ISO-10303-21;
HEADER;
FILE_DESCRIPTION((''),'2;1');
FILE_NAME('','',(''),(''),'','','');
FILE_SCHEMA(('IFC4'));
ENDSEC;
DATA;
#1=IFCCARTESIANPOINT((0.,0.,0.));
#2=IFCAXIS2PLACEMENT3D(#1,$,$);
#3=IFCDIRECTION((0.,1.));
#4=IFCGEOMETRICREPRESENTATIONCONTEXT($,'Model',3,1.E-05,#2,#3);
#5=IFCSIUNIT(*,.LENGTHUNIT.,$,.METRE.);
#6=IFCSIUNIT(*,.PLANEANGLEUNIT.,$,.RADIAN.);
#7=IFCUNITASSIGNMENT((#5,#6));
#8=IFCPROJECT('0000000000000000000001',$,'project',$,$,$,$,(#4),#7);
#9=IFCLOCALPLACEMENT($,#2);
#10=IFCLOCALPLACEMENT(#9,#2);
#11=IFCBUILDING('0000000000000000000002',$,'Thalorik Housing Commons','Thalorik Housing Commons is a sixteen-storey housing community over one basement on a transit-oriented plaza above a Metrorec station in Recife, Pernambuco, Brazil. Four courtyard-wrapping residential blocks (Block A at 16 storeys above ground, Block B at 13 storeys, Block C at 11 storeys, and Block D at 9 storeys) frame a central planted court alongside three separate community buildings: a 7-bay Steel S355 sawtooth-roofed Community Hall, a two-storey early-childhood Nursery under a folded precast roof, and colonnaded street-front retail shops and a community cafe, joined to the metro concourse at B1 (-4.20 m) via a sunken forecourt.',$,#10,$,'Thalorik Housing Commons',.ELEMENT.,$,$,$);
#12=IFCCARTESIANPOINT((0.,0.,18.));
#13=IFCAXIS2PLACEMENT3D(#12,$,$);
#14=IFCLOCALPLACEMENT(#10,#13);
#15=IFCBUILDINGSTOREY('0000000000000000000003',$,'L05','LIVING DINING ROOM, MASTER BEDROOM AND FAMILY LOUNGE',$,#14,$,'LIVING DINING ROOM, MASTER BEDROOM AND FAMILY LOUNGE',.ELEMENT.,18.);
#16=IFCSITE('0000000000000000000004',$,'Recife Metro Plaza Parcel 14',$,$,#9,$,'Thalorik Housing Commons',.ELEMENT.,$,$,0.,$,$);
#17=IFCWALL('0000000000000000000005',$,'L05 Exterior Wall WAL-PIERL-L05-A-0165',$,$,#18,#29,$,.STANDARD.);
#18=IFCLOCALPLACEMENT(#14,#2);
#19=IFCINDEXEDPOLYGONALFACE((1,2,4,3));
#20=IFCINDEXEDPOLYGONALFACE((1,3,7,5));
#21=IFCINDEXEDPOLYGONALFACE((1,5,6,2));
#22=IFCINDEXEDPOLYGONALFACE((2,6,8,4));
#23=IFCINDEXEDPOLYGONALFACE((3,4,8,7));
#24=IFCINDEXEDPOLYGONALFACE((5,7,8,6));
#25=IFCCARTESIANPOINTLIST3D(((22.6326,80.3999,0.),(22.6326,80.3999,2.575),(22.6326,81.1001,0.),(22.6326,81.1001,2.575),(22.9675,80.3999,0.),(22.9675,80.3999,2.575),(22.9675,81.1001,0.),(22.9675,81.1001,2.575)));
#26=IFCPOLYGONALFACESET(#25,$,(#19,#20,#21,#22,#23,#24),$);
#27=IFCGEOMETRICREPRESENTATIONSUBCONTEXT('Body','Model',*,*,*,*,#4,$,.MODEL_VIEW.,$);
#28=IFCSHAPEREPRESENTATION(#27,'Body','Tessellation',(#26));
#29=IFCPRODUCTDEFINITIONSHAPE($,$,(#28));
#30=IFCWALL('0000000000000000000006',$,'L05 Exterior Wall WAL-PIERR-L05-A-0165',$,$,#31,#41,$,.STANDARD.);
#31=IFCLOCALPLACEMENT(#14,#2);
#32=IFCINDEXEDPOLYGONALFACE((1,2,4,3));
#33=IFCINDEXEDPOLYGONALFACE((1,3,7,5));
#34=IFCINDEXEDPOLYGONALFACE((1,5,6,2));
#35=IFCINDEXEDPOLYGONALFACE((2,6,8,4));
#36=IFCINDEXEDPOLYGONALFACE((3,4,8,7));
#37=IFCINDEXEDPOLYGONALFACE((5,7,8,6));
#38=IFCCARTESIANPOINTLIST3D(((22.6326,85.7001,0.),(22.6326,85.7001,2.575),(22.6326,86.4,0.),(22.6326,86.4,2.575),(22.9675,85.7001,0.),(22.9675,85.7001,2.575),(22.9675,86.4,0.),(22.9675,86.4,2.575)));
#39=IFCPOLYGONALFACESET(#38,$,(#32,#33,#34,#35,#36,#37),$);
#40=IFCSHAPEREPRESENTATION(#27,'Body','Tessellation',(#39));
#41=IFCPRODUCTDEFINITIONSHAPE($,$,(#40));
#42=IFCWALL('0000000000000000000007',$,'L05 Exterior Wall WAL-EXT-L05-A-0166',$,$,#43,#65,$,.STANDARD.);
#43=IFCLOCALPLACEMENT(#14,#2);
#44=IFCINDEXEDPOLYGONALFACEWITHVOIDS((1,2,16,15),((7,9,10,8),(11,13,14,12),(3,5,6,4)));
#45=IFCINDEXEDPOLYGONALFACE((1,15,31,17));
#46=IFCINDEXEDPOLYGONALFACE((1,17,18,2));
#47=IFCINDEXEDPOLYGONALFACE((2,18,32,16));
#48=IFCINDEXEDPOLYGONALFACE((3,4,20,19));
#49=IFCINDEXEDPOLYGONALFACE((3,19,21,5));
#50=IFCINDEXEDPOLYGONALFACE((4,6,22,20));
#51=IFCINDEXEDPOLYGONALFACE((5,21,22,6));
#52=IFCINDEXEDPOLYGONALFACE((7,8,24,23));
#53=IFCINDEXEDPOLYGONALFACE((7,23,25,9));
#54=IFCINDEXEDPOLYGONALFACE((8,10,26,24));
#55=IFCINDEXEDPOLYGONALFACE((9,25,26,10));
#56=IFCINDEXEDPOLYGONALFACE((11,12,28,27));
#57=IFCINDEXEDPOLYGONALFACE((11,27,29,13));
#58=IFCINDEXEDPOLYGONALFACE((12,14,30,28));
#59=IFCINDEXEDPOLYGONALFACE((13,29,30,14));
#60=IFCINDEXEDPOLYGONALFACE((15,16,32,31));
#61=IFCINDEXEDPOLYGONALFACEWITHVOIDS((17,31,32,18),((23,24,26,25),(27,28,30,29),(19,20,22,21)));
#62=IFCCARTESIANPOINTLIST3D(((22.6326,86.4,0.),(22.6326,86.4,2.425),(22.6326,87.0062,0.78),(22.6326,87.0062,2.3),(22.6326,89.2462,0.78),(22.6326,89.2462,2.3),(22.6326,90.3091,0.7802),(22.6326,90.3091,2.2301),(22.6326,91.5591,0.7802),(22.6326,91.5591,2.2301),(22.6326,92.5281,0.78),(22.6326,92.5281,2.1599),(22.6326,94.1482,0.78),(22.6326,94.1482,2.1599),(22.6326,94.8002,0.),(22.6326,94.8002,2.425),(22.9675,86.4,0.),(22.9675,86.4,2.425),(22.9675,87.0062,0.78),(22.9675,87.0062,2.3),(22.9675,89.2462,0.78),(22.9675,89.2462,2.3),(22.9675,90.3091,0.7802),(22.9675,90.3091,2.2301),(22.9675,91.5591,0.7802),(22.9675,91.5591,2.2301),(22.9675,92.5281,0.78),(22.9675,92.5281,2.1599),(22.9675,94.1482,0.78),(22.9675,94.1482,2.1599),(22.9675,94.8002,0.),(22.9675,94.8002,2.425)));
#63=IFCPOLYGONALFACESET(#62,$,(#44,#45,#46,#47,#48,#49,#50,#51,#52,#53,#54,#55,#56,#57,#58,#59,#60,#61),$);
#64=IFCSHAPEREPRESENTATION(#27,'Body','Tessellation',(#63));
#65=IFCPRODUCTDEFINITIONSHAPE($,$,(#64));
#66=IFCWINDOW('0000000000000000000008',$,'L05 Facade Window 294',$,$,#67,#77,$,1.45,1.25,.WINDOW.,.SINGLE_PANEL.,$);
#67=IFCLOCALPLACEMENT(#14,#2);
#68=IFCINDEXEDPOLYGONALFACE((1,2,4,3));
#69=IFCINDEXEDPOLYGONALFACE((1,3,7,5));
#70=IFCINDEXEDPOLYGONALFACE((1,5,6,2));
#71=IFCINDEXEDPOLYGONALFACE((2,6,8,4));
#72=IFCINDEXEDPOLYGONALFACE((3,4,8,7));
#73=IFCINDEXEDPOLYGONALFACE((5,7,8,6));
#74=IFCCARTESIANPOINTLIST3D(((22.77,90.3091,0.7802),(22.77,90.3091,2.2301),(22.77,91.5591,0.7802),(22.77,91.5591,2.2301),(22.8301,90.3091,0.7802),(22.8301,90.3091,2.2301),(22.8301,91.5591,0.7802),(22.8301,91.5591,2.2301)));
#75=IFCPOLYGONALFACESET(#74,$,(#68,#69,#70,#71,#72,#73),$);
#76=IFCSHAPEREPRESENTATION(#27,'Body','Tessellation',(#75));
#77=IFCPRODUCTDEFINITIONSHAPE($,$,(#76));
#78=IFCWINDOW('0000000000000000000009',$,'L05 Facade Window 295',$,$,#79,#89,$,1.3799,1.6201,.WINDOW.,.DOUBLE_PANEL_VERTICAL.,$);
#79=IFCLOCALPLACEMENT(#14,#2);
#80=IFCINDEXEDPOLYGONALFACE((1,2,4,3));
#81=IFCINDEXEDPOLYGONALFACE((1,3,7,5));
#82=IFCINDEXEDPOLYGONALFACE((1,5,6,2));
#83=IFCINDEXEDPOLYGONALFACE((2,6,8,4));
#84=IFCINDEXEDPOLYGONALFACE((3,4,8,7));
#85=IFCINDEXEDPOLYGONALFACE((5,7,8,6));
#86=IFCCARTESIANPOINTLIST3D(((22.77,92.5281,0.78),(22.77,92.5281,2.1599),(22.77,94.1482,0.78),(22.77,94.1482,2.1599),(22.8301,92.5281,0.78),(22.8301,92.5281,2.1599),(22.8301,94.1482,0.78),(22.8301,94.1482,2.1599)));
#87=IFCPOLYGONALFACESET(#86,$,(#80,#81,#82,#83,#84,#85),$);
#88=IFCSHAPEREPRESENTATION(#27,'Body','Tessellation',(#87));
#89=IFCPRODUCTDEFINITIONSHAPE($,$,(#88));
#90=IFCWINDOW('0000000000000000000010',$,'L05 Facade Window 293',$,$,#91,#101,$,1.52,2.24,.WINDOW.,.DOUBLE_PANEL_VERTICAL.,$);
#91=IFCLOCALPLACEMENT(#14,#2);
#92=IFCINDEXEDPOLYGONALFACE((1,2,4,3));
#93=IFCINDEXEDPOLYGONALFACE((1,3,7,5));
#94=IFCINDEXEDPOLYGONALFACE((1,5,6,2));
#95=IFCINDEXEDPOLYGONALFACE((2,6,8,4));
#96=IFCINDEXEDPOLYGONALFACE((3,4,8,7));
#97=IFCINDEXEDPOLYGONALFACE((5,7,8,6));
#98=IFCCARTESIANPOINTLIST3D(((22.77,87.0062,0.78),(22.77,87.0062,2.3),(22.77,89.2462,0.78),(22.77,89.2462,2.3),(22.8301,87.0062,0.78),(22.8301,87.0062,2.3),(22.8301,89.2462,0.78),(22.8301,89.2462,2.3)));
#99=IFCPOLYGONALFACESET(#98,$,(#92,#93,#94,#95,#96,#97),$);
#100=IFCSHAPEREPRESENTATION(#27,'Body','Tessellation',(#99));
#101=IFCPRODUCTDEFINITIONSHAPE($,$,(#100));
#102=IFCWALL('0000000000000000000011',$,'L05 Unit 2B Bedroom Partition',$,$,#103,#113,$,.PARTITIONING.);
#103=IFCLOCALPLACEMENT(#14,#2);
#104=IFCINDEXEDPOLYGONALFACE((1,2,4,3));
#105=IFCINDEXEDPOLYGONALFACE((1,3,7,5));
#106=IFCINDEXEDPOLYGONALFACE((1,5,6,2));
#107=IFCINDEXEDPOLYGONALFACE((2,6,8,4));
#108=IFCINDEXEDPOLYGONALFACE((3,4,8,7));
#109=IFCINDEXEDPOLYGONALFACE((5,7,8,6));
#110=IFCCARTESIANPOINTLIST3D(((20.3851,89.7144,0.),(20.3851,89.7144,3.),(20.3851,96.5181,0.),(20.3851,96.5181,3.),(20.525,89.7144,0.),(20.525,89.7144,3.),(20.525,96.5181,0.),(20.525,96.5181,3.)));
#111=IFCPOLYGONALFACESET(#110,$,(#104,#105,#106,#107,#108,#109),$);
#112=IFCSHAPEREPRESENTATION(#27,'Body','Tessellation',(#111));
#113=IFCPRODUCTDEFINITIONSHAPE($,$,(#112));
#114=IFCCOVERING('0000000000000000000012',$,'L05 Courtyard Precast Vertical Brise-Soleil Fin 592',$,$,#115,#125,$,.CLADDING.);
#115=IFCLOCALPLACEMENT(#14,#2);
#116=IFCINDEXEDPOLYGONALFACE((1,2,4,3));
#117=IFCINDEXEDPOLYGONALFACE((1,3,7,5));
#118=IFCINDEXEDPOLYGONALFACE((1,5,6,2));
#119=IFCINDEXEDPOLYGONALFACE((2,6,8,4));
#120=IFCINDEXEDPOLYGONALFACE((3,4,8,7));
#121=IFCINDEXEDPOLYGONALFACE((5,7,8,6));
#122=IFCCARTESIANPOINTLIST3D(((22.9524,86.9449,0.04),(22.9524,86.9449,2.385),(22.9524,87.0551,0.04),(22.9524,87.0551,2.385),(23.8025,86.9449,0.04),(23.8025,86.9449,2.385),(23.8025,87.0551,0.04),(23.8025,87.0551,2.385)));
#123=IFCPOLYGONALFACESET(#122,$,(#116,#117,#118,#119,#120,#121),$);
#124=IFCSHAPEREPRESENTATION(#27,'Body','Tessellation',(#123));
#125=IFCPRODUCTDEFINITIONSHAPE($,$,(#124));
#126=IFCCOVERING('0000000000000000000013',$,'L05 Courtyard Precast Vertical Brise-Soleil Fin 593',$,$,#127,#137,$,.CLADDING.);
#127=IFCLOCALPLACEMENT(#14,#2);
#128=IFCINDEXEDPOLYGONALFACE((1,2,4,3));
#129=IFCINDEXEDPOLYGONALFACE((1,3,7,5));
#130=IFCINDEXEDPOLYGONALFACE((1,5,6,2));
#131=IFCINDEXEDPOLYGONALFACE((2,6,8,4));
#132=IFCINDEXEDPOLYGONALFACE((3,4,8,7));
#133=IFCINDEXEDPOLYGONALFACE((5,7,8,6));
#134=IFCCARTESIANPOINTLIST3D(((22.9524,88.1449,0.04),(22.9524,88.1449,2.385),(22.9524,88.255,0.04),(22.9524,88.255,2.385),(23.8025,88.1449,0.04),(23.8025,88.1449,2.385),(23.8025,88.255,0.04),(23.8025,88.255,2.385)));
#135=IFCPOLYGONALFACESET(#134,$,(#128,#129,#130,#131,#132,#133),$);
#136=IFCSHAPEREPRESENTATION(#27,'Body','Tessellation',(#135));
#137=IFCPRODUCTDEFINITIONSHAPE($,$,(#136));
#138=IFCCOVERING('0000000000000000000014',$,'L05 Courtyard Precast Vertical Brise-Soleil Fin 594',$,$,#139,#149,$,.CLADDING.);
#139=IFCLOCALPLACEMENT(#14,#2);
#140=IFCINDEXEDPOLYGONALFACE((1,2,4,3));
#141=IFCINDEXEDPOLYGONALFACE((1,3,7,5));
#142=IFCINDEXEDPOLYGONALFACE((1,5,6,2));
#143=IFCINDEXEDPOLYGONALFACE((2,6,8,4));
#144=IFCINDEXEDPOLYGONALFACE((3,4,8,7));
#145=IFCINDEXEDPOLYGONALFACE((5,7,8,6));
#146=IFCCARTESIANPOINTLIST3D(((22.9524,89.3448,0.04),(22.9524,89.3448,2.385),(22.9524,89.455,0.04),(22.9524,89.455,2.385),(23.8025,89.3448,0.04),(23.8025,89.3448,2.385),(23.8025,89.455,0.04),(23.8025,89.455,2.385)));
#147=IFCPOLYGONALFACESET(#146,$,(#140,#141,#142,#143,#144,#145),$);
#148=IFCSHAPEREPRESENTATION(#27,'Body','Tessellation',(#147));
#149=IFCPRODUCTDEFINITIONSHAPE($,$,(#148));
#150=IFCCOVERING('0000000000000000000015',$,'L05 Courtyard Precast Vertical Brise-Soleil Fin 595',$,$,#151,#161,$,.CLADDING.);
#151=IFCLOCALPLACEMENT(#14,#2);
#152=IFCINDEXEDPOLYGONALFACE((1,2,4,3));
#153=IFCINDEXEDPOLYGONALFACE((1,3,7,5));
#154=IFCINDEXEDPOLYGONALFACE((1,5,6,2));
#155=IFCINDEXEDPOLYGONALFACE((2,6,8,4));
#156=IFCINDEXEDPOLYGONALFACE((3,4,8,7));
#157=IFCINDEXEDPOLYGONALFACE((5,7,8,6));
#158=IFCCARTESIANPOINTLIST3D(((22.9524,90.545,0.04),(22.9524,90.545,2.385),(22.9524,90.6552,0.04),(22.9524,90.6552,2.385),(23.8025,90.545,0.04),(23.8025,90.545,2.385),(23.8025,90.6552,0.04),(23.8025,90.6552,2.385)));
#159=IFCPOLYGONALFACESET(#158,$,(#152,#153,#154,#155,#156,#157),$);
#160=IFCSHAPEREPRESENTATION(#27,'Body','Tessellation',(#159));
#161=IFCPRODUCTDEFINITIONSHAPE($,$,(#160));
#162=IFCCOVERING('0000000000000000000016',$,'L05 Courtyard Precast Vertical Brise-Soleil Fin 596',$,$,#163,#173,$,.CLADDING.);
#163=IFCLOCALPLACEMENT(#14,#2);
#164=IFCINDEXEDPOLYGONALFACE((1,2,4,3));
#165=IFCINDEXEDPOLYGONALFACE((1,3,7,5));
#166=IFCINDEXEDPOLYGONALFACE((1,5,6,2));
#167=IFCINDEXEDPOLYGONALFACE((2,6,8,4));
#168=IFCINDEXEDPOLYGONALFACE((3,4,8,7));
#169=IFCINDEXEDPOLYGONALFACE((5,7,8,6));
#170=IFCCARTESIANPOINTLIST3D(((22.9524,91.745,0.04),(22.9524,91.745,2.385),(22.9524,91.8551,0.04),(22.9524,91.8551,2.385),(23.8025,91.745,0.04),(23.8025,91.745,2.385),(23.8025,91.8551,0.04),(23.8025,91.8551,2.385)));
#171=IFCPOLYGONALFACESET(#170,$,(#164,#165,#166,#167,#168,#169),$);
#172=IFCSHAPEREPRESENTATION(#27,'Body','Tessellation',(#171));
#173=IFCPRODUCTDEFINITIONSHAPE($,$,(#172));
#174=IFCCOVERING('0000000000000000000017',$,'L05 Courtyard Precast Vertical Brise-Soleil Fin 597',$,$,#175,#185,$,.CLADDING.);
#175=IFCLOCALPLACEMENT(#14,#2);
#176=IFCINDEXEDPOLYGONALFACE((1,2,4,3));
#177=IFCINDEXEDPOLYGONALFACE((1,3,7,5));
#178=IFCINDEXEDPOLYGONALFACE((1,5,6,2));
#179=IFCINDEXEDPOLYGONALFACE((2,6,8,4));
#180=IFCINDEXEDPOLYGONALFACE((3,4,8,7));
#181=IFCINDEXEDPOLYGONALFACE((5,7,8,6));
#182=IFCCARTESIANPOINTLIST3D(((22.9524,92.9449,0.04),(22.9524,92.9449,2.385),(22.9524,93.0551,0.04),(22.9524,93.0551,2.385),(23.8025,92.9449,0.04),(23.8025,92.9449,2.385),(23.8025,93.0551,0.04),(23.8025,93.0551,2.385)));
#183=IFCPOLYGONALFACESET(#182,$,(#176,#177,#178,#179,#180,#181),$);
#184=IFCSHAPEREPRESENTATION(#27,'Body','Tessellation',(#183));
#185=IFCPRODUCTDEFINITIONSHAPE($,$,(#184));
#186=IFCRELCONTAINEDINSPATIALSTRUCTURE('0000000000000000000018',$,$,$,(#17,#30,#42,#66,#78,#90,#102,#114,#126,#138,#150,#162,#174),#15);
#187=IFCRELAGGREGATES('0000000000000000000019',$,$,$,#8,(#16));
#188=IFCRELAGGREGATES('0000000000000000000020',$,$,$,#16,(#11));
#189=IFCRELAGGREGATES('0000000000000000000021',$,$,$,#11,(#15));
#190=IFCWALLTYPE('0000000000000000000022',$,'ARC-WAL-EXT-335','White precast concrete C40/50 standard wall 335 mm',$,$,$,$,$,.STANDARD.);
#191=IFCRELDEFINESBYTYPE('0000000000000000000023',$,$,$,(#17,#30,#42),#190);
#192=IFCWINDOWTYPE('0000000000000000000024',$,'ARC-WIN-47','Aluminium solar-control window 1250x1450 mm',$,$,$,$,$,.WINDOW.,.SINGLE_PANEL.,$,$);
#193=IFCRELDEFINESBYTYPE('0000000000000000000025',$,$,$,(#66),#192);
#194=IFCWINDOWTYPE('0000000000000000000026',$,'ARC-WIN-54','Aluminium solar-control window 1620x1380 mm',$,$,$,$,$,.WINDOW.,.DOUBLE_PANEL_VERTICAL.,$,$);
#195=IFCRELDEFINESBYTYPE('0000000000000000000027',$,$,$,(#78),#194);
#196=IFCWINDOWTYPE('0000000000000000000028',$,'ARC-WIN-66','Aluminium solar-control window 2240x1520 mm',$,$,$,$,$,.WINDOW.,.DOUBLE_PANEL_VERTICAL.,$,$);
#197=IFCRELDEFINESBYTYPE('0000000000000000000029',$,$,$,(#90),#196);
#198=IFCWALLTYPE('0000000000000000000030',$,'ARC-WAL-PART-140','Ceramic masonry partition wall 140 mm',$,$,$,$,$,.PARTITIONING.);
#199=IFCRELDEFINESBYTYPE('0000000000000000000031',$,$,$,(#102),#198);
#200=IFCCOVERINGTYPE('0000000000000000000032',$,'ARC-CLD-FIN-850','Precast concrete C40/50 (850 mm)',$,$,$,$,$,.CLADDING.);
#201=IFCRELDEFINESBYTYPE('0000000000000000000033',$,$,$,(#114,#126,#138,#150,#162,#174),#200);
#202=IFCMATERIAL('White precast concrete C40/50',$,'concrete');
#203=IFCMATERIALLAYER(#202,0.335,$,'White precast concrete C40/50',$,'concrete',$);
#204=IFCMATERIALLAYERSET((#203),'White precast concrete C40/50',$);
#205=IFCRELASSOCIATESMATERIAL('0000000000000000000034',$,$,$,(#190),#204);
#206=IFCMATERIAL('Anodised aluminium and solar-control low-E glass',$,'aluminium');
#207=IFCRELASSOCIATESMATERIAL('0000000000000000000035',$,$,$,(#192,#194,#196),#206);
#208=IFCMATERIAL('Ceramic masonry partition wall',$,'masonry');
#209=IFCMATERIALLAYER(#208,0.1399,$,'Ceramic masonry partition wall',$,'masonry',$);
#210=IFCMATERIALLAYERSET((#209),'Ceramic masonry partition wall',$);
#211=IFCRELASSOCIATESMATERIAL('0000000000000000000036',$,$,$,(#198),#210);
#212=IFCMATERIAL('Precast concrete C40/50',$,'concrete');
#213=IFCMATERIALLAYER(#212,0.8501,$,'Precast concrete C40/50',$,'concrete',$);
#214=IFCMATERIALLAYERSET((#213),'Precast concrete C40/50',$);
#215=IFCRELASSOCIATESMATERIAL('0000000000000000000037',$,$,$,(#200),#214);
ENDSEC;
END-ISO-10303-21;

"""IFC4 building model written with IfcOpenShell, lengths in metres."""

from ifc_helpers import new_model, si_unit, direction, frame, frame_2d, origin, origin_2d, place, context, subcontext, project, spatial, rectangle, extrude, material, layer, layer_set, type_object, element, fill, save


model = new_model("IFC4")

# Units and contexts
model_context = context("Model", 3, precision=1e-05, world=origin(), true_north=direction((0.0, 1.0)))
body_context = subcontext(model_context, "Body", "Model", "MODEL_VIEW")
ifc_project = project(units=[si_unit("LENGTHUNIT", "METRE"), si_unit("PLANEANGLEUNIT", "RADIAN")], contexts=[model_context])

# Site, building, storey
site_placement = place(None, origin())
site = spatial("IfcSite", under=ifc_project, at=site_placement, Name="Recife Metro Plaza Parcel 14", LongName="Thalorik Housing Commons", CompositionType="ELEMENT", RefElevation=0.0)
building_placement = place(site_placement, origin())
building = spatial("IfcBuilding", under=site, at=building_placement, Name="Thalorik Housing Commons", Description="Thalorik Housing Commons is a sixteen-storey housing community over one basement on a transit-oriented plaza above a Metrorec station in Recife, Pernambuco, Brazil. Four courtyard-wrapping residential blocks (Block A at 16 storeys above ground, Block B at 13 storeys, Block C at 11 storeys, and Block D at 9 storeys) frame a central planted court alongside three separate community buildings: a 7-bay Steel S355 sawtooth-roofed Community Hall, a two-storey early-childhood Nursery under a folded precast roof, and colonnaded street-front retail shops and a community cafe, joined to the metro concourse at B1 (-4.20 m) via a sunken forecourt.", LongName="Thalorik Housing Commons", CompositionType="ELEMENT")
storey_placement = place(building_placement, frame((0.0, 0.0, 18.0)))
storey = spatial("IfcBuildingStorey", under=building, at=storey_placement, Name="L05", Description="LIVING DINING ROOM, MASTER BEDROOM AND FAMILY LOUNGE", LongName="LIVING DINING ROOM, MASTER BEDROOM AND FAMILY LOUNGE", CompositionType="ELEMENT", Elevation=18.0)

# Shared definitions
ifc_material_1 = material(Name="Precast concrete C40/50", Category="concrete")

# Shared definitions
ifc_material_2 = material(Name="Anodised aluminium and solar-control low-E glass", Category="aluminium")

# Walls
ifc_material_3 = material(Name="White precast concrete C40/50", Category="concrete")
ifc_layer_1 = layer(ifc_material_3, 0.335, Name="White precast concrete C40/50", Category="concrete")
ifc_layer_set_1 = layer_set([ifc_layer_1], Name="White precast concrete C40/50")
wall_type_1 = type_object("IfcWallType", Name="ARC-WAL-EXT-335", Description="White precast concrete C40/50 standard wall 335 mm", PredefinedType="STANDARD", material=ifc_layer_set_1)
wall_1_placement = place(storey_placement, frame((22.8, 80.3999, 0.0), z_axis=(0.0, 0.0, 1.0), x_axis=(0.0, 1.0, 0.0)))
element("IfcWall", 1, at=wall_1_placement, inside=storey, type_object=wall_type_1, Name="L05 Exterior Wall WAL-PIERL-L05-A-0165", PredefinedType="STANDARD", context=body_context, shape_type="SweptSolid", body=[
    extrude(rectangle(XDim=0.7002, YDim=0.335, at=frame_2d((0.3501, 0.0))), origin(), (0.0, 0.0, 1.0), 2.575),
])
wall_2_placement = place(storey_placement, frame((22.8, 85.7, 0.0), z_axis=(0.0, 0.0, 1.0), x_axis=(0.0, 1.0, 0.0)))
element("IfcWall", 2, at=wall_2_placement, inside=storey, type_object=wall_type_1, Name="L05 Exterior Wall WAL-PIERR-L05-A-0165", PredefinedType="STANDARD", context=body_context, shape_type="SweptSolid", body=[
    extrude(rectangle(XDim=0.7, YDim=0.335, at=frame_2d((0.3501, 0.0))), origin(), (0.0, 0.0, 1.0), 2.575),
])

# Wall, openings, windows
wall_3_placement = place(storey_placement, frame((22.8, 86.3999, 0.0), z_axis=(0.0, 0.0, 1.0), x_axis=(0.0, 1.0, 0.0)))
wall_3 = element("IfcWall", 3, at=wall_3_placement, inside=storey, type_object=wall_type_1, Name="L05 Exterior Wall WAL-EXT-L05-A-0166", PredefinedType="STANDARD", context=body_context, shape_type="SweptSolid", body=[
    extrude(rectangle(XDim=8.4001, YDim=0.335, at=frame_2d((4.2002, 0.0))), origin(), (0.0, 0.0, 1.0), 2.425),
])
opening_1_placement = place(wall_3_placement, frame((0.6062, 0.0, 0.78)))
opening_1 = element("IfcOpeningElement", 4, at=opening_1_placement, cuts=wall_3, PredefinedType="OPENING", context=body_context, shape_type="SweptSolid", body=[
    extrude(rectangle(XDim=2.24, YDim=1.52, at=frame_2d((1.1201, 0.76))), frame((0.0, 0.1775, 0.0), z_axis=(0.0, -1.0, 0.0), x_axis=(1.0, 0.0, 0.0)), (0.0, 0.0, 1.0), 0.355),
])
opening_2_placement = place(wall_3_placement, frame((3.9092, 0.0, 0.78)))
opening_2 = element("IfcOpeningElement", 5, at=opening_2_placement, cuts=wall_3, PredefinedType="OPENING", context=body_context, shape_type="SweptSolid", body=[
    extrude(rectangle(XDim=1.25, YDim=1.45, at=frame_2d((0.625, 0.7251))), frame((0.0, 0.1775, 0.0), z_axis=(0.0, -1.0, 0.0), x_axis=(1.0, 0.0, 0.0)), (0.0, 0.0, 1.0), 0.355),
])
opening_3_placement = place(wall_3_placement, frame((6.1282, 0.0, 0.78)))
opening_3 = element("IfcOpeningElement", 6, at=opening_3_placement, cuts=wall_3, PredefinedType="OPENING", context=body_context, shape_type="SweptSolid", body=[
    extrude(rectangle(XDim=1.6201, YDim=1.3799, at=frame_2d((0.8101, 0.6899))), frame((0.0, 0.1775, 0.0), z_axis=(0.0, -1.0, 0.0), x_axis=(1.0, 0.0, 0.0)), (0.0, 0.0, 1.0), 0.355),
])
window_type_1 = type_object("IfcWindowType", Name="ARC-WIN-47", Description="Aluminium solar-control window 1250x1450 mm", PartitioningType="SINGLE_PANEL", PredefinedType="WINDOW", material=ifc_material_2)
window_1_placement = place(opening_2_placement, origin())
window_1 = element("IfcWindow", 7, at=window_1_placement, inside=storey, type_object=window_type_1, Name="L05 Facade Window 294", OverallHeight=1.45, OverallWidth=1.25, PartitioningType="SINGLE_PANEL", PredefinedType="WINDOW", context=body_context, shape_type="SweptSolid", body=[
    extrude(rectangle(XDim=1.25, YDim=1.45, at=frame_2d((0.625, 0.7251))), frame((0.0, 0.03, 0.0), z_axis=(0.0, -1.0, 0.0), x_axis=(1.0, 0.0, 0.0)), (0.0, 0.0, 1.0), 0.0601),
])
fill(opening_2, window_1)
window_type_2 = type_object("IfcWindowType", Name="ARC-WIN-54", Description="Aluminium solar-control window 1620x1380 mm", PartitioningType="DOUBLE_PANEL_VERTICAL", PredefinedType="WINDOW", material=ifc_material_2)
window_2_placement = place(opening_3_placement, origin())
window_2 = element("IfcWindow", 8, at=window_2_placement, inside=storey, type_object=window_type_2, Name="L05 Facade Window 295", OverallHeight=1.3799, OverallWidth=1.6201, PartitioningType="DOUBLE_PANEL_VERTICAL", PredefinedType="WINDOW", context=body_context, shape_type="SweptSolid", body=[
    extrude(rectangle(XDim=1.6201, YDim=1.3799, at=frame_2d((0.8101, 0.6899))), frame((0.0, 0.03, 0.0), z_axis=(0.0, -1.0, 0.0), x_axis=(1.0, 0.0, 0.0)), (0.0, 0.0, 1.0), 0.0601),
])
fill(opening_3, window_2)
window_type_3 = type_object("IfcWindowType", Name="ARC-WIN-66", Description="Aluminium solar-control window 2240x1520 mm", PartitioningType="DOUBLE_PANEL_VERTICAL", PredefinedType="WINDOW", material=ifc_material_2)
window_3_placement = place(opening_1_placement, origin())
window_3 = element("IfcWindow", 9, at=window_3_placement, inside=storey, type_object=window_type_3, Name="L05 Facade Window 293", OverallHeight=1.52, OverallWidth=2.24, PartitioningType="DOUBLE_PANEL_VERTICAL", PredefinedType="WINDOW", context=body_context, shape_type="SweptSolid", body=[
    extrude(rectangle(XDim=2.24, YDim=1.52, at=frame_2d((1.1201, 0.76))), frame((0.0, 0.03, 0.0), z_axis=(0.0, -1.0, 0.0), x_axis=(1.0, 0.0, 0.0)), (0.0, 0.0, 1.0), 0.0601),
])
fill(opening_1, window_3)

# Wall
ifc_material_4 = material(Name="Ceramic masonry partition wall", Category="masonry")
ifc_layer_2 = layer(ifc_material_4, 0.1399, Name="Ceramic masonry partition wall", Category="masonry")
ifc_layer_set_2 = layer_set([ifc_layer_2], Name="Ceramic masonry partition wall")
wall_type_2 = type_object("IfcWallType", Name="ARC-WAL-PART-140", Description="Ceramic masonry partition wall 140 mm", PredefinedType="PARTITIONING", material=ifc_layer_set_2)
wall_4_placement = place(storey_placement, frame((20.4551, 89.7144, 0.0), z_axis=(0.0, 0.0, 1.0), x_axis=(0.0, 1.0, 0.0)))
element("IfcWall", 10, at=wall_4_placement, inside=storey, type_object=wall_type_2, Name="L05 Unit 2B Bedroom Partition", PredefinedType="PARTITIONING", context=body_context, shape_type="SweptSolid", body=[
    extrude(rectangle(XDim=6.8037, YDim=0.1399, at=frame_2d((3.4019, 0.0))), origin(), (0.0, 0.0, 1.0), 3.0),
])

# Coverings
ifc_layer_3 = layer(ifc_material_1, 0.8501, Name="Precast concrete C40/50", Category="concrete")
ifc_layer_set_3 = layer_set([ifc_layer_3], Name="Precast concrete C40/50")
covering_type_1 = type_object("IfcCoveringType", Name="ARC-CLD-FIN-850", Description="Precast concrete C40/50 (850 mm)", PredefinedType="CLADDING", material=ifc_layer_set_3)
for number, where, z_axis, x_axis, name in (
    (11, (23.3774, 87.0, 0.04), (0.0, 0.0, 1.0), (0.0, 1.0, 0.0), "L05 Courtyard Precast Vertical Brise-Soleil Fin 592"),
    (12, (23.3774, 88.2, 0.04), (0.0, 0.0, 1.0), (0.0, 1.0, 0.0), "L05 Courtyard Precast Vertical Brise-Soleil Fin 593"),
    (13, (23.3774, 89.3999, 0.04), (0.0, 0.0, 1.0), (0.0, 1.0, 0.0), "L05 Courtyard Precast Vertical Brise-Soleil Fin 594"),
    (14, (23.3774, 90.6001, 0.04), (0.0, 0.0, 1.0), (0.0, 1.0, 0.0), "L05 Courtyard Precast Vertical Brise-Soleil Fin 595"),
    (15, (23.3774, 91.8, 0.04), (0.0, 0.0, 1.0), (0.0, 1.0, 0.0), "L05 Courtyard Precast Vertical Brise-Soleil Fin 596"),
    (16, (23.3774, 93.0, 0.04), (0.0, 0.0, 1.0), (0.0, 1.0, 0.0), "L05 Courtyard Precast Vertical Brise-Soleil Fin 597"),
):
    element("IfcCovering", number, at=place(storey_placement, frame(where, z_axis=z_axis, x_axis=x_axis)), inside=storey, type_object=covering_type_1, Name=name, PredefinedType="CLADDING", context=body_context, shape_type="SweptSolid", body=[
        extrude(rectangle(XDim=0.1101, YDim=0.8501, at=origin_2d()), origin(), (0.0, 0.0, 1.0), 2.345),
    ])

save(model, "model.ifc")
